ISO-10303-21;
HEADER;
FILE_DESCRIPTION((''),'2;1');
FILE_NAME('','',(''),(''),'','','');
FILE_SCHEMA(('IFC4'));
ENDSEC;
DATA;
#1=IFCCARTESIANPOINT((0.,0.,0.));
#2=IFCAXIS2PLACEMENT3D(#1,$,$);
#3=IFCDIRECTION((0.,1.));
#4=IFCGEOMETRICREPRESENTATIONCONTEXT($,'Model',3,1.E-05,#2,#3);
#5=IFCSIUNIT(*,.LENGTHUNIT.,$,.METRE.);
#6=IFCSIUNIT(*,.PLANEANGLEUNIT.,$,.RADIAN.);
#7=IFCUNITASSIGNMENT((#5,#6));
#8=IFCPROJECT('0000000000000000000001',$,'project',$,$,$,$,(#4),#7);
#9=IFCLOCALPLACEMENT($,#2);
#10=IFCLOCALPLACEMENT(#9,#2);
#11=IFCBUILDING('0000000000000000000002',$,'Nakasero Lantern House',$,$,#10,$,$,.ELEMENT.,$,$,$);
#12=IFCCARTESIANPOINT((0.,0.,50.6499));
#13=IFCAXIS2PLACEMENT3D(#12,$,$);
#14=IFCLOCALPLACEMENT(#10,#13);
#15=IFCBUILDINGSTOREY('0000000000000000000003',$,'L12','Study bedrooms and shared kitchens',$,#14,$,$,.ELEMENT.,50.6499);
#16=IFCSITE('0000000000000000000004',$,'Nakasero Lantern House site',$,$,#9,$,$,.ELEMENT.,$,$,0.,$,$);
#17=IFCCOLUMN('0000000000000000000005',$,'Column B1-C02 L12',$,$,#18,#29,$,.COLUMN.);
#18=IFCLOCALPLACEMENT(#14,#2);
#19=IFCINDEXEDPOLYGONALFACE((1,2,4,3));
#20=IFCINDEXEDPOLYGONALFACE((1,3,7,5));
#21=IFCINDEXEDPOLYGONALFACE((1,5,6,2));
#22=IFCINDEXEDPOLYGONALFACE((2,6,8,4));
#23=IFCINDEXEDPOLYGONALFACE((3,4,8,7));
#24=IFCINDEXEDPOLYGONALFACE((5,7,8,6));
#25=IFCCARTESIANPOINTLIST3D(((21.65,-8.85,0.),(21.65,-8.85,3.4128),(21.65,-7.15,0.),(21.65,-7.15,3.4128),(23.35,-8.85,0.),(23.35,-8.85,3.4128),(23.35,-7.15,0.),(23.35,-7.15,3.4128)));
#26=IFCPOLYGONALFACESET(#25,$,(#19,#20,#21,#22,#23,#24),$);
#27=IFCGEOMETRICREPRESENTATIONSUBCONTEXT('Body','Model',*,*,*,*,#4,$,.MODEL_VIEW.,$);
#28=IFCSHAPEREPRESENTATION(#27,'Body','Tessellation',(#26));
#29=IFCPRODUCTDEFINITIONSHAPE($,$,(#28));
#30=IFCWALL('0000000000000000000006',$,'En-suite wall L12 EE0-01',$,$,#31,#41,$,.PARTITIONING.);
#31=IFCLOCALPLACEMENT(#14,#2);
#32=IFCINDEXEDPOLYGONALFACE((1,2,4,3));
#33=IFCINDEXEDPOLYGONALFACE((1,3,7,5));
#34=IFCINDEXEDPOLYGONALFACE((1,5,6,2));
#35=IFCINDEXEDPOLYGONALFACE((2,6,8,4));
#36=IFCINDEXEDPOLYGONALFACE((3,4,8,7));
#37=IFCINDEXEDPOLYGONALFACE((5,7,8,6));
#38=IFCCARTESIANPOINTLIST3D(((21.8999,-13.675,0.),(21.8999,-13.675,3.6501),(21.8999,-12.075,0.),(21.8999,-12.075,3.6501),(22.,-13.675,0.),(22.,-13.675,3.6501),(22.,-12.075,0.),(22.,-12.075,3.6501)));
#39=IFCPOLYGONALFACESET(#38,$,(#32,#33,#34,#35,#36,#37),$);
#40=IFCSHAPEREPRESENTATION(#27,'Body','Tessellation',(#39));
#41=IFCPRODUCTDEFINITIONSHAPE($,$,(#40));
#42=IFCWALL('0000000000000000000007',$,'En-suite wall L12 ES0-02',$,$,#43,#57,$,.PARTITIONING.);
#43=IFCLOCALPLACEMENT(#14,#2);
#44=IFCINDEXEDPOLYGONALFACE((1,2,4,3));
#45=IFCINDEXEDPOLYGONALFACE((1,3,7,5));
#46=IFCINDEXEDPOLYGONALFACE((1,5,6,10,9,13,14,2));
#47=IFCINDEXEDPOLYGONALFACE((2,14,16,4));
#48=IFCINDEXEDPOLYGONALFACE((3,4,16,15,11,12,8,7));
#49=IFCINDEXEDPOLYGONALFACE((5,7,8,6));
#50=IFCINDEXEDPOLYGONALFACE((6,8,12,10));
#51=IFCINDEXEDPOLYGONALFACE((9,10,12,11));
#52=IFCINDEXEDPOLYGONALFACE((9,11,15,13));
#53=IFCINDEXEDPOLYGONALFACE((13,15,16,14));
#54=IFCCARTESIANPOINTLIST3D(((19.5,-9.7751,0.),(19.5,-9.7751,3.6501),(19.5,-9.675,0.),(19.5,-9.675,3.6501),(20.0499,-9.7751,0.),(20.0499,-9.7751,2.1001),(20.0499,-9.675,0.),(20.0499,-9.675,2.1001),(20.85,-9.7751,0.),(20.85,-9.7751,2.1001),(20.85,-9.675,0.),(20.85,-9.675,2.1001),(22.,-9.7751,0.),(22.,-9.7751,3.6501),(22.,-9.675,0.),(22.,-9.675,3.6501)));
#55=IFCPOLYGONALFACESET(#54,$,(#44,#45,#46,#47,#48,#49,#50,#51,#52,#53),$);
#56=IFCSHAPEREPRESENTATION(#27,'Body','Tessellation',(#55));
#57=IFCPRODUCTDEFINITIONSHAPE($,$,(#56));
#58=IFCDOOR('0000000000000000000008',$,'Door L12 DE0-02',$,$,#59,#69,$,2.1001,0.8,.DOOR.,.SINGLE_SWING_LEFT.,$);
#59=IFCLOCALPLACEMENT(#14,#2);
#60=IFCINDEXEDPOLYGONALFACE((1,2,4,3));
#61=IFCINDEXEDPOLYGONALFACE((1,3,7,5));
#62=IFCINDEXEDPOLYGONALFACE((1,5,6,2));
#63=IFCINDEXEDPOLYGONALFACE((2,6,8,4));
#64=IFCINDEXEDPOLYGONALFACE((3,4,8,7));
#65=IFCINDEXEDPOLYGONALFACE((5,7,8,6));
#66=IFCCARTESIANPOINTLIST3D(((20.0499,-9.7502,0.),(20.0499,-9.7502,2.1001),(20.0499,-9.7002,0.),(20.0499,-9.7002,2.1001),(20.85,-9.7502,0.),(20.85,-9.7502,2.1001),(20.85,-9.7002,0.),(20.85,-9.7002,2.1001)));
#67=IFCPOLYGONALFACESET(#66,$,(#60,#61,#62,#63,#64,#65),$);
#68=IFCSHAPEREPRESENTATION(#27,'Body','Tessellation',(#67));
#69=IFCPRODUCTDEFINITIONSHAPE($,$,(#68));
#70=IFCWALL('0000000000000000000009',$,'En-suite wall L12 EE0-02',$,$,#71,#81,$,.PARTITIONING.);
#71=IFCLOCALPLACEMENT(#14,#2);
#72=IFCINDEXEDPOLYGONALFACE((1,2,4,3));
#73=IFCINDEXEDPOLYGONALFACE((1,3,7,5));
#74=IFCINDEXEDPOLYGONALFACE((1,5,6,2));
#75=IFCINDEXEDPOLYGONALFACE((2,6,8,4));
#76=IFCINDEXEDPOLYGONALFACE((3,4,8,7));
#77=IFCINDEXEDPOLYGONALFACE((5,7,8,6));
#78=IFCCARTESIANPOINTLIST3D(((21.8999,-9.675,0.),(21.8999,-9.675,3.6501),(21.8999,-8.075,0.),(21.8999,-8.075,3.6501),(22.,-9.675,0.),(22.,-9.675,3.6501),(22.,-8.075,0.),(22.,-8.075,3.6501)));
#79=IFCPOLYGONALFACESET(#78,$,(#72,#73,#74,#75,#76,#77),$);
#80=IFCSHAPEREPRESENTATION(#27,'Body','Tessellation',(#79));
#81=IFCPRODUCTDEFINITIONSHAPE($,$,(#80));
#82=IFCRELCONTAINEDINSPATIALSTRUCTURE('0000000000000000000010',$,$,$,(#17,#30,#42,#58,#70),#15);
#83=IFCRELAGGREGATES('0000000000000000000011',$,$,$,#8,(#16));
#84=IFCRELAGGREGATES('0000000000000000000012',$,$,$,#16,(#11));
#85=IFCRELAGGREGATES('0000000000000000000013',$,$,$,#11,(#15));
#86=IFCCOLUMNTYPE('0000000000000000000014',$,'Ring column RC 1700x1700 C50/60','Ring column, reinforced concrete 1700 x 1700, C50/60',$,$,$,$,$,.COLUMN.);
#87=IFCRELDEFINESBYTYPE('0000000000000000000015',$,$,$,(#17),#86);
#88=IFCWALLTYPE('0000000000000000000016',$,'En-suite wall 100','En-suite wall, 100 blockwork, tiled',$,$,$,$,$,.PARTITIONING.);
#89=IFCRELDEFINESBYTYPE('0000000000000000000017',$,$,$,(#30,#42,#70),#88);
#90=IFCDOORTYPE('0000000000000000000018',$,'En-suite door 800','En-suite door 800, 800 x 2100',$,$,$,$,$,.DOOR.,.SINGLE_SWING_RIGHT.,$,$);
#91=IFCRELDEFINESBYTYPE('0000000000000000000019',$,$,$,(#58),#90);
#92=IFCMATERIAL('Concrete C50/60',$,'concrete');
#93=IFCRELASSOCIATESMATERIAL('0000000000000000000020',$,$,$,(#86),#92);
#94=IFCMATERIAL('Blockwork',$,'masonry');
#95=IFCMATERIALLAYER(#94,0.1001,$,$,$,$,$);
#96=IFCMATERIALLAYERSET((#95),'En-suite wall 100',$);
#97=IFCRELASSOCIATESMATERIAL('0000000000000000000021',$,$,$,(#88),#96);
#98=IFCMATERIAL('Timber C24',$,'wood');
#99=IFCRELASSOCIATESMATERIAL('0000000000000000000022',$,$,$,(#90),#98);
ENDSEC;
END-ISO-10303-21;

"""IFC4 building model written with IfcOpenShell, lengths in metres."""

from ifc_helpers import new_model, si_unit, direction, frame, frame_2d, origin, origin_2d, place, context, subcontext, project, spatial, rectangle, extrude, material, layer, layer_set, material_profile, profile_set, type_object, element, fill, save


model = new_model("IFC4")

# Units and contexts
model_context = context("Model", 3, precision=1e-05, world=origin(), true_north=direction((0.0, 1.0)))
body_context = subcontext(model_context, "Body", "Model", "MODEL_VIEW")
ifc_project = project(units=[si_unit("LENGTHUNIT", "METRE"), si_unit("PLANEANGLEUNIT", "RADIAN")], contexts=[model_context])

# Site, building, storey
site_placement = place(None, origin())
site = spatial("IfcSite", under=ifc_project, at=site_placement, Name="Nakasero Lantern House site", CompositionType="ELEMENT", RefElevation=0.0)
building_placement = place(site_placement, origin())
building = spatial("IfcBuilding", under=site, at=building_placement, Name="Nakasero Lantern House", CompositionType="ELEMENT")
storey_placement = place(building_placement, frame((0.0, 0.0, 50.6499)))
storey = spatial("IfcBuildingStorey", under=building, at=storey_placement, Name="L12", Description="Study bedrooms and shared kitchens", CompositionType="ELEMENT", Elevation=50.6499)

# Column
ifc_material_1 = material(Name="Concrete C50/60", Category="concrete")
ifc_material_profile = material_profile(ifc_material_1, rectangle(XDim=1.7, YDim=1.7, at=origin_2d()), Name="RC 1700x1700")
ifc_profile_set = profile_set([ifc_material_profile], Name="Concrete C50/60")
column_type = type_object("IfcColumnType", Name="Ring column RC 1700x1700 C50/60", Description="Ring column, reinforced concrete 1700 x 1700, C50/60", PredefinedType="COLUMN", material=ifc_profile_set)
column_placement = place(storey_placement, frame((22.5, -8.0, 0.0), z_axis=(0.0, 0.0, 1.0), x_axis=(1.0, 0.0, 0.0)))
element("IfcColumn", 1, at=column_placement, inside=storey, type_object=column_type, Name="Column B1-C02 L12", PredefinedType="COLUMN", context=body_context, shape_type="SweptSolid", body=[
    extrude(rectangle(XDim=1.7, YDim=1.7, at=origin_2d()), origin(), (0.0, 0.0, 1.0), 3.4128),
])

# Wall
ifc_material_2 = material(Name="Blockwork", Category="masonry")
ifc_layer_1 = layer(ifc_material_2, 0.1001)
ifc_layer_set_1 = layer_set([ifc_layer_1], Name="En-suite wall 100")
wall_type_1 = type_object("IfcWallType", Name="En-suite wall 100", Description="En-suite wall, 100 blockwork, tiled", PredefinedType="PARTITIONING", material=ifc_layer_set_1)
wall_1_placement = place(storey_placement, frame((21.95, -13.675, 0.0), z_axis=(0.0, 0.0, 1.0), x_axis=(0.0, 1.0, 0.0)))
element("IfcWall", 2, at=wall_1_placement, inside=storey, type_object=wall_type_1, Name="En-suite wall L12 EE0-01", PredefinedType="PARTITIONING", context=body_context, shape_type="SweptSolid", body=[
    extrude(rectangle(XDim=1.6001, YDim=0.1001, at=frame_2d((0.8, 0.0))), origin(), (0.0, 0.0, 1.0), 3.6501),
])

# Wall, opening, door
wall_2_placement = place(storey_placement, frame((19.5, -9.7251, 0.0), z_axis=(0.0, 0.0, 1.0), x_axis=(1.0, 0.0, 0.0)))
wall_2 = element("IfcWall", 3, at=wall_2_placement, inside=storey, type_object=wall_type_1, Name="En-suite wall L12 ES0-02", PredefinedType="PARTITIONING", context=body_context, shape_type="SweptSolid", body=[
    extrude(rectangle(XDim=2.5, YDim=0.1001, at=frame_2d((1.25, 0.0))), origin(), (0.0, 0.0, 1.0), 3.6501),
])
opening_1_placement = place(wall_2_placement, frame((0.55, 0.0, 0.0)))
opening_1 = element("IfcOpeningElement", 4, at=opening_1_placement, cuts=wall_2, PredefinedType="OPENING", context=body_context, shape_type="SweptSolid", body=[
    extrude(rectangle(XDim=0.8, YDim=2.1001, at=frame_2d((0.3999, 1.05))), frame((0.0, 0.0701, 0.0), z_axis=(0.0, -1.0, 0.0), x_axis=(1.0, 0.0, 0.0)), (0.0, 0.0, 1.0), 0.1401),
])
ifc_material_3 = material(Name="Timber C24", Category="wood")
door_type_1 = type_object("IfcDoorType", Name="En-suite door 800", Description="En-suite door 800, 800 x 2100", OperationType="SINGLE_SWING_RIGHT", PredefinedType="DOOR", material=ifc_material_3)
door_1_placement = place(opening_1_placement, origin())
door_1 = element("IfcDoor", 5, at=door_1_placement, inside=storey, type_object=door_type_1, Name="Door L12 DE0-02", OperationType="SINGLE_SWING_LEFT", OverallHeight=2.1001, OverallWidth=0.8, PredefinedType="DOOR", context=body_context, shape_type="SweptSolid", body=[
    extrude(rectangle(XDim=0.8, YDim=2.1001, at=frame_2d((0.3999, 1.05))), frame((0.0, 0.0249, 0.0), z_axis=(0.0, -1.0, 0.0), x_axis=(1.0, 0.0, 0.0)), (0.0, 0.0, 1.0), 0.05),
])
fill(opening_1, door_1)

# Wall
wall_3_placement = place(storey_placement, frame((21.95, -9.675, 0.0), z_axis=(0.0, 0.0, 1.0), x_axis=(0.0, 1.0, 0.0)))
element("IfcWall", 6, at=wall_3_placement, inside=storey, type_object=wall_type_1, Name="En-suite wall L12 EE0-02", PredefinedType="PARTITIONING", context=body_context, shape_type="SweptSolid", body=[
    extrude(rectangle(XDim=1.6001, YDim=0.1001, at=frame_2d((0.8, 0.0))), origin(), (0.0, 0.0, 1.0), 3.6501),
])

save(model, "model.ifc")
